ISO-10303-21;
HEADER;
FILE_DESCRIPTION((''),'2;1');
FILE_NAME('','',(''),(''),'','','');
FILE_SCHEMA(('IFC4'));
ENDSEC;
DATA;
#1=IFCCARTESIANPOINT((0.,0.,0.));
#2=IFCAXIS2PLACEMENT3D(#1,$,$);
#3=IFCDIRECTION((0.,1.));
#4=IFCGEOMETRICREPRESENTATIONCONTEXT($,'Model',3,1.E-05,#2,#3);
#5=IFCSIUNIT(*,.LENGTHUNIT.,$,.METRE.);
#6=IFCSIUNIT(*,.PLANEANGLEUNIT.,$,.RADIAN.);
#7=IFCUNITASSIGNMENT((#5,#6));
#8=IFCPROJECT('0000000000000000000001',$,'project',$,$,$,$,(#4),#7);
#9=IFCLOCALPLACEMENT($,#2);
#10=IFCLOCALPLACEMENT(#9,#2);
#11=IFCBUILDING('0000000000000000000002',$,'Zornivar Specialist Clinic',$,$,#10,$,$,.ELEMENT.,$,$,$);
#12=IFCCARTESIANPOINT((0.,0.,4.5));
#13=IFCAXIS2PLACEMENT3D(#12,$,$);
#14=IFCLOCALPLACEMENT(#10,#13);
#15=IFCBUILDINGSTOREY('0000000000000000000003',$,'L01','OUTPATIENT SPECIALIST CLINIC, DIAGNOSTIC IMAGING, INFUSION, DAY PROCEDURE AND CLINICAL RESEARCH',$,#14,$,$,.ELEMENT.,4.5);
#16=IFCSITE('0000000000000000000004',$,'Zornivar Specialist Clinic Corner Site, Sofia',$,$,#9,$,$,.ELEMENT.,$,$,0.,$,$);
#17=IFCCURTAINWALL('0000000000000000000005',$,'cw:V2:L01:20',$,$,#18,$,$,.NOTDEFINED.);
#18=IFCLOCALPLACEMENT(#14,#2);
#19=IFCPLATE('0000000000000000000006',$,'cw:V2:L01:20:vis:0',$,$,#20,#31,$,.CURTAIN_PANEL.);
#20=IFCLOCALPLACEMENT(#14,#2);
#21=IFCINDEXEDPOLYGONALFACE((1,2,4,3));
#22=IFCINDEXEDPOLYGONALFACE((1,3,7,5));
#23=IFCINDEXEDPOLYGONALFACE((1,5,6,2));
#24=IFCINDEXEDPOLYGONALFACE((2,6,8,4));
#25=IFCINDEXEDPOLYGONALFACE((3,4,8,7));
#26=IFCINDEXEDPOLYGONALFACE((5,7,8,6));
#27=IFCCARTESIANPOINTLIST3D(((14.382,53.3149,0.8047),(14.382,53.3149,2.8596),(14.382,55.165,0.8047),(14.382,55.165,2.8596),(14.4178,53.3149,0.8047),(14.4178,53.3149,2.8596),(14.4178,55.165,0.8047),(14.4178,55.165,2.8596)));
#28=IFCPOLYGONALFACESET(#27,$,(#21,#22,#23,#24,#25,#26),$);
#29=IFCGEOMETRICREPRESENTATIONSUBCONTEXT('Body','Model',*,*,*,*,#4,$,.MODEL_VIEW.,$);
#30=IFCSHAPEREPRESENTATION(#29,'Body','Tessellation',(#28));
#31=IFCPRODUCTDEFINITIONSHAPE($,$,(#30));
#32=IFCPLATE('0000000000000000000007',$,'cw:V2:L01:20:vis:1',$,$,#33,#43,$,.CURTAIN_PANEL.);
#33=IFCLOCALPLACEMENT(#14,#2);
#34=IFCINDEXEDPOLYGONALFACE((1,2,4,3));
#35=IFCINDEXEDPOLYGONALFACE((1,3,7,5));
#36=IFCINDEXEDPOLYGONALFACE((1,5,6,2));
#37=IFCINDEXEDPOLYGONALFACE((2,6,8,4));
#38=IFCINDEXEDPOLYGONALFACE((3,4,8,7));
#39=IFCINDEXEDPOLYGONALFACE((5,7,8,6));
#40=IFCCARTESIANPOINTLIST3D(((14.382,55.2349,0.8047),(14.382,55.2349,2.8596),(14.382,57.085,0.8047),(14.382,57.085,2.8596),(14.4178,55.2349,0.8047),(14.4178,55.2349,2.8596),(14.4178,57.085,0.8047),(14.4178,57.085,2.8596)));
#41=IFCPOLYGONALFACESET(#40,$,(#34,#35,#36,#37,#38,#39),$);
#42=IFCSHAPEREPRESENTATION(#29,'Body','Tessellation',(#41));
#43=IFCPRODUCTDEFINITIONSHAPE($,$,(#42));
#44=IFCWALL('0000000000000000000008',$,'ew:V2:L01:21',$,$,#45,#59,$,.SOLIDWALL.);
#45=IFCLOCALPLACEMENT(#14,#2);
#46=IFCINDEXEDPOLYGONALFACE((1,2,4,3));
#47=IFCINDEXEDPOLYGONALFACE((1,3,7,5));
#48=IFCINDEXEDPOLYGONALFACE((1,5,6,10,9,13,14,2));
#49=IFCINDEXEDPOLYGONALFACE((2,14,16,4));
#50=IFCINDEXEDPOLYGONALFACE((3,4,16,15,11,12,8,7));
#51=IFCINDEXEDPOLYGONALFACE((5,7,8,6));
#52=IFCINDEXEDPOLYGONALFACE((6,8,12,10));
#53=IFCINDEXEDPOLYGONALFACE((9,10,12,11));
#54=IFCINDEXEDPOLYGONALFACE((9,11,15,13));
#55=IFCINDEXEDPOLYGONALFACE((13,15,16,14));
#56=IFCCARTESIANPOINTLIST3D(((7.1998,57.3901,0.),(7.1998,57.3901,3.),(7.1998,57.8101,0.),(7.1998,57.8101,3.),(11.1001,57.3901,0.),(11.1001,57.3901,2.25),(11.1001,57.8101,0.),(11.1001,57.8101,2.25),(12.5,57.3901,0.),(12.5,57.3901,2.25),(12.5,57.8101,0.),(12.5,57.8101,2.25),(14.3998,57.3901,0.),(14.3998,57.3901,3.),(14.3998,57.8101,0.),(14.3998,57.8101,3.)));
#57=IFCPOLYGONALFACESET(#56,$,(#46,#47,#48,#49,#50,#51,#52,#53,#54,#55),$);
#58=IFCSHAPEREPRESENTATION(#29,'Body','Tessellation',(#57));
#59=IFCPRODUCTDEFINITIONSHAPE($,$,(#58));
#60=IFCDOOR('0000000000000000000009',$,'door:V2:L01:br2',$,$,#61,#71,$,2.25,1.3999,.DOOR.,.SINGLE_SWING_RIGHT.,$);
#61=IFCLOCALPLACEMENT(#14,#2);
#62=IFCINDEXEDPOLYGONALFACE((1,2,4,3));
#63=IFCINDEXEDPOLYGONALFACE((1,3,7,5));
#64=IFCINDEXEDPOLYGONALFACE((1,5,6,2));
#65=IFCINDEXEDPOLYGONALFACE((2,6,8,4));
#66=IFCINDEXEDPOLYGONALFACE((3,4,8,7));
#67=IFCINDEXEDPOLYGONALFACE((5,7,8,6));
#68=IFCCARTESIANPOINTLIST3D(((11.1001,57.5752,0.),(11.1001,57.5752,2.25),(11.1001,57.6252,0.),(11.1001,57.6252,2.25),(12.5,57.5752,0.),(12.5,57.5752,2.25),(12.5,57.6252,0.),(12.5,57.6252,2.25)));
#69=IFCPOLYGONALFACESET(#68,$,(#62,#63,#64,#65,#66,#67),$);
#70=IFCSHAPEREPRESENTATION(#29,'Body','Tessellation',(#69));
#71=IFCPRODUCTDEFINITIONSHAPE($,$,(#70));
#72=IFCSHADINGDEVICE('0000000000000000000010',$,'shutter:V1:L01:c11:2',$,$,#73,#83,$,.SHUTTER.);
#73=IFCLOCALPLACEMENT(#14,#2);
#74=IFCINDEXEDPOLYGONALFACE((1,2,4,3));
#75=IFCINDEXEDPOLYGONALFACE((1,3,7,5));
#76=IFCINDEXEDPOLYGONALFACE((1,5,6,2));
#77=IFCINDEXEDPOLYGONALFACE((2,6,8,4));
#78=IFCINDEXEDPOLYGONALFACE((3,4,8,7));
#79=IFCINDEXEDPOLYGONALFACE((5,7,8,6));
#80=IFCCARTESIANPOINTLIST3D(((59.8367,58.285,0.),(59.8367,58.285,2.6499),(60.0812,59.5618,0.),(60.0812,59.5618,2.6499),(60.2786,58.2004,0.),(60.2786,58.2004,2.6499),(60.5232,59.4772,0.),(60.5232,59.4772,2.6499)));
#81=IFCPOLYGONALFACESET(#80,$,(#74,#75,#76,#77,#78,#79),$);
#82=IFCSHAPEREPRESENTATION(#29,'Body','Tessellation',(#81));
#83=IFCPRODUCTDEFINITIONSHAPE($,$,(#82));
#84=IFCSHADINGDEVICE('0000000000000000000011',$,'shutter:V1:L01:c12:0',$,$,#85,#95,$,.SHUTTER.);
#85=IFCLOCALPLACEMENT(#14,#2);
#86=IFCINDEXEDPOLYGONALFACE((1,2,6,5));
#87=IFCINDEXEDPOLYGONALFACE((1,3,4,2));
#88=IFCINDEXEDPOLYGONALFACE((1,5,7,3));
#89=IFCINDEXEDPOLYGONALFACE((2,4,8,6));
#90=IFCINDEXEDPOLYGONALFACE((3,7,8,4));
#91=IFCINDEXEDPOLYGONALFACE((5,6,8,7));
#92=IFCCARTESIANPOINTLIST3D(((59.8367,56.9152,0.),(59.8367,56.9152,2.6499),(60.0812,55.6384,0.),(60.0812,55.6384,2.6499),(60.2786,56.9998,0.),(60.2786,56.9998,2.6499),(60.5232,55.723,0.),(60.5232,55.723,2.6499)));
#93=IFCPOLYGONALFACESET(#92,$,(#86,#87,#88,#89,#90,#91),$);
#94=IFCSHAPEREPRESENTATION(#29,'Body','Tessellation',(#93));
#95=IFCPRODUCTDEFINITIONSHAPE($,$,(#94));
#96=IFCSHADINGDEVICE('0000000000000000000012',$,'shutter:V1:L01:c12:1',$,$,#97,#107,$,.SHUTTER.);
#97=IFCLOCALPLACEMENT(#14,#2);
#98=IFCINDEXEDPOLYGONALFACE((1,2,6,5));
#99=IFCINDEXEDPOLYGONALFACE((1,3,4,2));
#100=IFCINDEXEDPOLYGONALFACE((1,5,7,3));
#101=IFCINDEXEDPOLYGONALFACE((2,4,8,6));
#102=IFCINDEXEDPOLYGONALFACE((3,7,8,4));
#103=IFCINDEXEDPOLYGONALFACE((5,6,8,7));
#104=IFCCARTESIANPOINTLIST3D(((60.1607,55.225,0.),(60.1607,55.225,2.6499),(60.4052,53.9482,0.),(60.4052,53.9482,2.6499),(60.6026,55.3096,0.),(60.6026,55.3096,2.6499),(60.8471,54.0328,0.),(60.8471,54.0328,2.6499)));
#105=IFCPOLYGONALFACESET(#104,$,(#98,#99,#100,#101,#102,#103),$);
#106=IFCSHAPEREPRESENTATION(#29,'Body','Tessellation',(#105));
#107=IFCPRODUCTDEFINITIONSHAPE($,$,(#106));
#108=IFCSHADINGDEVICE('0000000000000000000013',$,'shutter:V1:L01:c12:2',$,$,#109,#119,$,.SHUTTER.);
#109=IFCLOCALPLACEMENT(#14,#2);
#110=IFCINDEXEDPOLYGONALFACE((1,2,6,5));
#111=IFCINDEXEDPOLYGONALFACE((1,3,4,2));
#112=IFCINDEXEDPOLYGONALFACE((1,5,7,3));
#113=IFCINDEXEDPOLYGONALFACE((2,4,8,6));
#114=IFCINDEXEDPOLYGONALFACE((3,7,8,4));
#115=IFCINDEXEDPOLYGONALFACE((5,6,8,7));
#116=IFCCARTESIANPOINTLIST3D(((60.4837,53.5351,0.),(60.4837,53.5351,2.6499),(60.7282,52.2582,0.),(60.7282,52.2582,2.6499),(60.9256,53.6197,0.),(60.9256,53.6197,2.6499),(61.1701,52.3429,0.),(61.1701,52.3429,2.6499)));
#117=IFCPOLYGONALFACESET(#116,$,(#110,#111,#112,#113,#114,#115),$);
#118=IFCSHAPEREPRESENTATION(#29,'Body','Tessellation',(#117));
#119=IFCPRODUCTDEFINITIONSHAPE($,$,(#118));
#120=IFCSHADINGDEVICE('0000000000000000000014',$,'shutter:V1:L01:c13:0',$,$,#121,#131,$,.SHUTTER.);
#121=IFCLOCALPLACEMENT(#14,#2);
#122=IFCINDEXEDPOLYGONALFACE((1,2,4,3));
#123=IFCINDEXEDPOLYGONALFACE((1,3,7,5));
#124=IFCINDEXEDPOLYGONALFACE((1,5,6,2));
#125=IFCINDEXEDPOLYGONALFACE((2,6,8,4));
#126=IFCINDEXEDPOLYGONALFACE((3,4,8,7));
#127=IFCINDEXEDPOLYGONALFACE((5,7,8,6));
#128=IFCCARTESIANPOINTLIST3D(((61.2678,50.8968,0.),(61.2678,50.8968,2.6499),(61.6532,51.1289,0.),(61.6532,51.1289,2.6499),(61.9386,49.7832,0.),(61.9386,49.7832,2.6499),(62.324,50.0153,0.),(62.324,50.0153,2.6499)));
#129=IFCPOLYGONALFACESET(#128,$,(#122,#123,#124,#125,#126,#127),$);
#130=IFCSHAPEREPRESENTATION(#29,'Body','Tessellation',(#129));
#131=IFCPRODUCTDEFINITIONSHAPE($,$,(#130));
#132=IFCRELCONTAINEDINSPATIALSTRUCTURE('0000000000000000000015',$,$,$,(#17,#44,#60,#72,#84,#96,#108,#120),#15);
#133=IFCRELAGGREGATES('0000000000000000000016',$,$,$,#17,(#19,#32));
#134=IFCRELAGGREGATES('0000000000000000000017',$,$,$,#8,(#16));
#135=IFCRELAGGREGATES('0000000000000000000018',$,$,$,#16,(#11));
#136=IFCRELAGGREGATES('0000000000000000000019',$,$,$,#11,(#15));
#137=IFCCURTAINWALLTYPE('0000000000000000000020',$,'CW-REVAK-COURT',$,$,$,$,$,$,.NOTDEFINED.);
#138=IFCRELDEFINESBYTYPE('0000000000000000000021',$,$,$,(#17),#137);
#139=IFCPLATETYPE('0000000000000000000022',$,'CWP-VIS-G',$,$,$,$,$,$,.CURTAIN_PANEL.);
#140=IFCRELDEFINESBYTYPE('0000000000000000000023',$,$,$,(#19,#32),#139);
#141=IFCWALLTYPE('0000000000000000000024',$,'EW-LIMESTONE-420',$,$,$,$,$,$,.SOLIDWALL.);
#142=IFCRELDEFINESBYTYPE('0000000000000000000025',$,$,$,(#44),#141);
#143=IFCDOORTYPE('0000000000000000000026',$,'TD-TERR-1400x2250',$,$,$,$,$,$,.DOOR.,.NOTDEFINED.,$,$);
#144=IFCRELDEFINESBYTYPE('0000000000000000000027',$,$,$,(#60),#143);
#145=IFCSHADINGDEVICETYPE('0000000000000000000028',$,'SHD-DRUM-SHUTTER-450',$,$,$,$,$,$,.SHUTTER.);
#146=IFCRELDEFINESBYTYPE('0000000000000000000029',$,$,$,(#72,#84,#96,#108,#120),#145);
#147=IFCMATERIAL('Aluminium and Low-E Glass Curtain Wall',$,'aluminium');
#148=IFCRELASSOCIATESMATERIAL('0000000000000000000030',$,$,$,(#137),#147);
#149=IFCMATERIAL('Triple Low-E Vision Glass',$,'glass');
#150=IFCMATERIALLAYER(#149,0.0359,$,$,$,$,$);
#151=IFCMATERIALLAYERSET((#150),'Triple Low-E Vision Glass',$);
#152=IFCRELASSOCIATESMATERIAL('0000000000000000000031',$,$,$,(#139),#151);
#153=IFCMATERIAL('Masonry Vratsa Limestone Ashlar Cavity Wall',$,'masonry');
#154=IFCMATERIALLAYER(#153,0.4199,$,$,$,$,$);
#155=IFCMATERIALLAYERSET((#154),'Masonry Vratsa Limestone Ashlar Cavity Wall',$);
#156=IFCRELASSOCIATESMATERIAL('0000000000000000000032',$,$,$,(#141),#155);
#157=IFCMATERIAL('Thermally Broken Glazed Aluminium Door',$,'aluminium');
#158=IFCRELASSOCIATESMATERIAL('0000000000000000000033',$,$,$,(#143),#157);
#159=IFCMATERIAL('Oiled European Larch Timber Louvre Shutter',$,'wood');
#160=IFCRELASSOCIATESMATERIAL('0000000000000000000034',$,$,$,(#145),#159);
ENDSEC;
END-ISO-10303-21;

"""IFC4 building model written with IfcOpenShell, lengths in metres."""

from ifc_helpers import new_model, si_unit, direction, frame, frame_2d, origin, origin_2d, place, context, subcontext, project, spatial, rectangle, extrude, material, layer, layer_set, type_object, element, fill, aggregate, save


model = new_model("IFC4")

# Units and contexts
model_context = context("Model", 3, precision=1e-05, world=origin(), true_north=direction((0.0, 1.0)))
body_context = subcontext(model_context, "Body", "Model", "MODEL_VIEW")
ifc_project = project(units=[si_unit("LENGTHUNIT", "METRE"), si_unit("PLANEANGLEUNIT", "RADIAN")], contexts=[model_context])

# Site, building, storey
site_placement = place(None, origin())
site = spatial("IfcSite", under=ifc_project, at=site_placement, Name="Zornivar Specialist Clinic Corner Site, Sofia", CompositionType="ELEMENT", RefElevation=0.0)
building_placement = place(site_placement, origin())
building = spatial("IfcBuilding", under=site, at=building_placement, Name="Zornivar Specialist Clinic", CompositionType="ELEMENT")
storey_placement = place(building_placement, frame((0.0, 0.0, 4.5)))
storey = spatial("IfcBuildingStorey", under=building, at=storey_placement, Name="L01", Description="OUTPATIENT SPECIALIST CLINIC, DIAGNOSTIC IMAGING, INFUSION, DAY PROCEDURE AND CLINICAL RESEARCH", CompositionType="ELEMENT", Elevation=4.5)

# Curtain wall
ifc_material_1 = material(Name="Aluminium and Low-E Glass Curtain Wall", Category="aluminium")
curtain_wall_type_1 = type_object("IfcCurtainWallType", Name="CW-REVAK-COURT", PredefinedType="NOTDEFINED", material=ifc_material_1)
curtain_wall_1_placement = place(storey_placement, origin())
curtain_wall_1 = element("IfcCurtainWall", 1, at=curtain_wall_1_placement, inside=storey, type_object=curtain_wall_type_1, Name="cw:V2:L01:20", PredefinedType="NOTDEFINED")

# Plates
ifc_material_2 = material(Name="Triple Low-E Vision Glass", Category="glass")
ifc_layer_1 = layer(ifc_material_2, 0.0359)
ifc_layer_set_1 = layer_set([ifc_layer_1], Name="Triple Low-E Vision Glass")
plate_type_1 = type_object("IfcPlateType", Name="CWP-VIS-G", PredefinedType="CURTAIN_PANEL", material=ifc_layer_set_1)
plate_1_placement = place(storey_placement, frame((14.3999, 54.24, 0.8047), z_axis=(0.0, 0.0, 1.0), x_axis=(0.0, 1.0, 0.0)))
plate_1 = element("IfcPlate", 2, at=plate_1_placement, type_object=plate_type_1, Name="cw:V2:L01:20:vis:0", PredefinedType="CURTAIN_PANEL", context=body_context, shape_type="SweptSolid", body=[
    extrude(rectangle(XDim=1.8501, YDim=0.0359, at=origin_2d()), origin(), (0.0, 0.0, 1.0), 2.0549),
])
plate_2_placement = place(storey_placement, frame((14.3999, 56.1599, 0.8047), z_axis=(0.0, 0.0, 1.0), x_axis=(0.0, 1.0, 0.0)))
plate_2 = element("IfcPlate", 3, at=plate_2_placement, type_object=plate_type_1, Name="cw:V2:L01:20:vis:1", PredefinedType="CURTAIN_PANEL", context=body_context, shape_type="SweptSolid", body=[
    extrude(rectangle(XDim=1.8501, YDim=0.0359, at=origin_2d()), origin(), (0.0, 0.0, 1.0), 2.0549),
])
aggregate(curtain_wall_1, [plate_1, plate_2])

# Wall, opening, door
ifc_material_3 = material(Name="Masonry Vratsa Limestone Ashlar Cavity Wall", Category="masonry")
ifc_layer_2 = layer(ifc_material_3, 0.4199)
ifc_layer_set_2 = layer_set([ifc_layer_2], Name="Masonry Vratsa Limestone Ashlar Cavity Wall")
wall_type = type_object("IfcWallType", Name="EW-LIMESTONE-420", PredefinedType="SOLIDWALL", material=ifc_layer_set_2)
wall_placement = place(storey_placement, frame((14.3999, 57.6001, 0.0), z_axis=(0.0, 0.0, 1.0), x_axis=(-1.0, 0.0, 0.0)))
wall = element("IfcWall", 4, at=wall_placement, inside=storey, type_object=wall_type, Name="ew:V2:L01:21", PredefinedType="SOLIDWALL", context=body_context, shape_type="SweptSolid", body=[
    extrude(rectangle(XDim=7.2, YDim=0.4199, at=frame_2d((3.6001, 0.0))), origin(), (0.0, 0.0, 1.0), 3.0),
])
opening_placement = place(wall_placement, frame((1.8999, 0.0, 0.0)))
opening = element("IfcOpeningElement", 5, at=opening_placement, cuts=wall, PredefinedType="OPENING", context=body_context, shape_type="SweptSolid", body=[
    extrude(rectangle(XDim=1.3999, YDim=2.25, at=frame_2d((0.7, 1.125))), frame((0.0, 0.22, 0.0), z_axis=(0.0, -1.0, 0.0), x_axis=(1.0, 0.0, 0.0)), (0.0, 0.0, 1.0), 0.4399),
])
ifc_material_4 = material(Name="Thermally Broken Glazed Aluminium Door", Category="aluminium")
door_type = type_object("IfcDoorType", Name="TD-TERR-1400x2250", OperationType="NOTDEFINED", PredefinedType="DOOR", material=ifc_material_4)
door_placement = place(opening_placement, origin())
door = element("IfcDoor", 6, at=door_placement, inside=storey, type_object=door_type, Name="door:V2:L01:br2", OperationType="SINGLE_SWING_RIGHT", OverallHeight=2.25, OverallWidth=1.3999, PredefinedType="DOOR", context=body_context, shape_type="SweptSolid", body=[
    extrude(rectangle(XDim=1.3999, YDim=2.25, at=frame_2d((0.7, 1.125))), frame((0.0, 0.0249, 0.0), z_axis=(0.0, -1.0, 0.0), x_axis=(1.0, 0.0, 0.0)), (0.0, 0.0, 1.0), 0.05),
])
fill(opening, door)

# Shading devices
ifc_material_5 = material(Name="Oiled European Larch Timber Louvre Shutter", Category="wood")
shading_device_type = type_object("IfcShadingDeviceType", Name="SHD-DRUM-SHUTTER-450", PredefinedType="SHUTTER", material=ifc_material_5)
for number, where, z_axis, x_axis, name in (
    (7, (60.1799, 58.8811, 0.0), (0.0, 0.0, 1.0), (-0.188099, -0.98215, 0.0), "shutter:V1:L01:c11:2"),
    (8, (60.1799, 56.3191, 0.0), (0.0, 0.0, 1.0), (0.188099, -0.98215, 0.0), "shutter:V1:L01:c12:0"),
    (9, (60.5039, 54.6289, 0.0), (0.0, 0.0, 1.0), (0.188099, -0.98215, 0.0), "shutter:V1:L01:c12:1"),
    (10, (60.8269, 52.939, 0.0), (0.0, 0.0, 1.0), (0.188099, -0.98215, 0.0), "shutter:V1:L01:c12:2"),
    (11, (61.7959, 50.4561, 0.0), (0.0, 0.0, 1.0), (0.516018, -0.856578, 0.0), "shutter:V1:L01:c13:0"),
):
    element("IfcShadingDevice", number, at=place(storey_placement, frame(where, z_axis=z_axis, x_axis=x_axis)), inside=storey, type_object=shading_device_type, Name=name, PredefinedType="SHUTTER", context=body_context, shape_type="SweptSolid", body=[
        extrude(rectangle(XDim=1.3, YDim=0.45, at=origin_2d()), origin(), (0.0, 0.0, 1.0), 2.6499),
    ])

save(model, "model.ifc")
